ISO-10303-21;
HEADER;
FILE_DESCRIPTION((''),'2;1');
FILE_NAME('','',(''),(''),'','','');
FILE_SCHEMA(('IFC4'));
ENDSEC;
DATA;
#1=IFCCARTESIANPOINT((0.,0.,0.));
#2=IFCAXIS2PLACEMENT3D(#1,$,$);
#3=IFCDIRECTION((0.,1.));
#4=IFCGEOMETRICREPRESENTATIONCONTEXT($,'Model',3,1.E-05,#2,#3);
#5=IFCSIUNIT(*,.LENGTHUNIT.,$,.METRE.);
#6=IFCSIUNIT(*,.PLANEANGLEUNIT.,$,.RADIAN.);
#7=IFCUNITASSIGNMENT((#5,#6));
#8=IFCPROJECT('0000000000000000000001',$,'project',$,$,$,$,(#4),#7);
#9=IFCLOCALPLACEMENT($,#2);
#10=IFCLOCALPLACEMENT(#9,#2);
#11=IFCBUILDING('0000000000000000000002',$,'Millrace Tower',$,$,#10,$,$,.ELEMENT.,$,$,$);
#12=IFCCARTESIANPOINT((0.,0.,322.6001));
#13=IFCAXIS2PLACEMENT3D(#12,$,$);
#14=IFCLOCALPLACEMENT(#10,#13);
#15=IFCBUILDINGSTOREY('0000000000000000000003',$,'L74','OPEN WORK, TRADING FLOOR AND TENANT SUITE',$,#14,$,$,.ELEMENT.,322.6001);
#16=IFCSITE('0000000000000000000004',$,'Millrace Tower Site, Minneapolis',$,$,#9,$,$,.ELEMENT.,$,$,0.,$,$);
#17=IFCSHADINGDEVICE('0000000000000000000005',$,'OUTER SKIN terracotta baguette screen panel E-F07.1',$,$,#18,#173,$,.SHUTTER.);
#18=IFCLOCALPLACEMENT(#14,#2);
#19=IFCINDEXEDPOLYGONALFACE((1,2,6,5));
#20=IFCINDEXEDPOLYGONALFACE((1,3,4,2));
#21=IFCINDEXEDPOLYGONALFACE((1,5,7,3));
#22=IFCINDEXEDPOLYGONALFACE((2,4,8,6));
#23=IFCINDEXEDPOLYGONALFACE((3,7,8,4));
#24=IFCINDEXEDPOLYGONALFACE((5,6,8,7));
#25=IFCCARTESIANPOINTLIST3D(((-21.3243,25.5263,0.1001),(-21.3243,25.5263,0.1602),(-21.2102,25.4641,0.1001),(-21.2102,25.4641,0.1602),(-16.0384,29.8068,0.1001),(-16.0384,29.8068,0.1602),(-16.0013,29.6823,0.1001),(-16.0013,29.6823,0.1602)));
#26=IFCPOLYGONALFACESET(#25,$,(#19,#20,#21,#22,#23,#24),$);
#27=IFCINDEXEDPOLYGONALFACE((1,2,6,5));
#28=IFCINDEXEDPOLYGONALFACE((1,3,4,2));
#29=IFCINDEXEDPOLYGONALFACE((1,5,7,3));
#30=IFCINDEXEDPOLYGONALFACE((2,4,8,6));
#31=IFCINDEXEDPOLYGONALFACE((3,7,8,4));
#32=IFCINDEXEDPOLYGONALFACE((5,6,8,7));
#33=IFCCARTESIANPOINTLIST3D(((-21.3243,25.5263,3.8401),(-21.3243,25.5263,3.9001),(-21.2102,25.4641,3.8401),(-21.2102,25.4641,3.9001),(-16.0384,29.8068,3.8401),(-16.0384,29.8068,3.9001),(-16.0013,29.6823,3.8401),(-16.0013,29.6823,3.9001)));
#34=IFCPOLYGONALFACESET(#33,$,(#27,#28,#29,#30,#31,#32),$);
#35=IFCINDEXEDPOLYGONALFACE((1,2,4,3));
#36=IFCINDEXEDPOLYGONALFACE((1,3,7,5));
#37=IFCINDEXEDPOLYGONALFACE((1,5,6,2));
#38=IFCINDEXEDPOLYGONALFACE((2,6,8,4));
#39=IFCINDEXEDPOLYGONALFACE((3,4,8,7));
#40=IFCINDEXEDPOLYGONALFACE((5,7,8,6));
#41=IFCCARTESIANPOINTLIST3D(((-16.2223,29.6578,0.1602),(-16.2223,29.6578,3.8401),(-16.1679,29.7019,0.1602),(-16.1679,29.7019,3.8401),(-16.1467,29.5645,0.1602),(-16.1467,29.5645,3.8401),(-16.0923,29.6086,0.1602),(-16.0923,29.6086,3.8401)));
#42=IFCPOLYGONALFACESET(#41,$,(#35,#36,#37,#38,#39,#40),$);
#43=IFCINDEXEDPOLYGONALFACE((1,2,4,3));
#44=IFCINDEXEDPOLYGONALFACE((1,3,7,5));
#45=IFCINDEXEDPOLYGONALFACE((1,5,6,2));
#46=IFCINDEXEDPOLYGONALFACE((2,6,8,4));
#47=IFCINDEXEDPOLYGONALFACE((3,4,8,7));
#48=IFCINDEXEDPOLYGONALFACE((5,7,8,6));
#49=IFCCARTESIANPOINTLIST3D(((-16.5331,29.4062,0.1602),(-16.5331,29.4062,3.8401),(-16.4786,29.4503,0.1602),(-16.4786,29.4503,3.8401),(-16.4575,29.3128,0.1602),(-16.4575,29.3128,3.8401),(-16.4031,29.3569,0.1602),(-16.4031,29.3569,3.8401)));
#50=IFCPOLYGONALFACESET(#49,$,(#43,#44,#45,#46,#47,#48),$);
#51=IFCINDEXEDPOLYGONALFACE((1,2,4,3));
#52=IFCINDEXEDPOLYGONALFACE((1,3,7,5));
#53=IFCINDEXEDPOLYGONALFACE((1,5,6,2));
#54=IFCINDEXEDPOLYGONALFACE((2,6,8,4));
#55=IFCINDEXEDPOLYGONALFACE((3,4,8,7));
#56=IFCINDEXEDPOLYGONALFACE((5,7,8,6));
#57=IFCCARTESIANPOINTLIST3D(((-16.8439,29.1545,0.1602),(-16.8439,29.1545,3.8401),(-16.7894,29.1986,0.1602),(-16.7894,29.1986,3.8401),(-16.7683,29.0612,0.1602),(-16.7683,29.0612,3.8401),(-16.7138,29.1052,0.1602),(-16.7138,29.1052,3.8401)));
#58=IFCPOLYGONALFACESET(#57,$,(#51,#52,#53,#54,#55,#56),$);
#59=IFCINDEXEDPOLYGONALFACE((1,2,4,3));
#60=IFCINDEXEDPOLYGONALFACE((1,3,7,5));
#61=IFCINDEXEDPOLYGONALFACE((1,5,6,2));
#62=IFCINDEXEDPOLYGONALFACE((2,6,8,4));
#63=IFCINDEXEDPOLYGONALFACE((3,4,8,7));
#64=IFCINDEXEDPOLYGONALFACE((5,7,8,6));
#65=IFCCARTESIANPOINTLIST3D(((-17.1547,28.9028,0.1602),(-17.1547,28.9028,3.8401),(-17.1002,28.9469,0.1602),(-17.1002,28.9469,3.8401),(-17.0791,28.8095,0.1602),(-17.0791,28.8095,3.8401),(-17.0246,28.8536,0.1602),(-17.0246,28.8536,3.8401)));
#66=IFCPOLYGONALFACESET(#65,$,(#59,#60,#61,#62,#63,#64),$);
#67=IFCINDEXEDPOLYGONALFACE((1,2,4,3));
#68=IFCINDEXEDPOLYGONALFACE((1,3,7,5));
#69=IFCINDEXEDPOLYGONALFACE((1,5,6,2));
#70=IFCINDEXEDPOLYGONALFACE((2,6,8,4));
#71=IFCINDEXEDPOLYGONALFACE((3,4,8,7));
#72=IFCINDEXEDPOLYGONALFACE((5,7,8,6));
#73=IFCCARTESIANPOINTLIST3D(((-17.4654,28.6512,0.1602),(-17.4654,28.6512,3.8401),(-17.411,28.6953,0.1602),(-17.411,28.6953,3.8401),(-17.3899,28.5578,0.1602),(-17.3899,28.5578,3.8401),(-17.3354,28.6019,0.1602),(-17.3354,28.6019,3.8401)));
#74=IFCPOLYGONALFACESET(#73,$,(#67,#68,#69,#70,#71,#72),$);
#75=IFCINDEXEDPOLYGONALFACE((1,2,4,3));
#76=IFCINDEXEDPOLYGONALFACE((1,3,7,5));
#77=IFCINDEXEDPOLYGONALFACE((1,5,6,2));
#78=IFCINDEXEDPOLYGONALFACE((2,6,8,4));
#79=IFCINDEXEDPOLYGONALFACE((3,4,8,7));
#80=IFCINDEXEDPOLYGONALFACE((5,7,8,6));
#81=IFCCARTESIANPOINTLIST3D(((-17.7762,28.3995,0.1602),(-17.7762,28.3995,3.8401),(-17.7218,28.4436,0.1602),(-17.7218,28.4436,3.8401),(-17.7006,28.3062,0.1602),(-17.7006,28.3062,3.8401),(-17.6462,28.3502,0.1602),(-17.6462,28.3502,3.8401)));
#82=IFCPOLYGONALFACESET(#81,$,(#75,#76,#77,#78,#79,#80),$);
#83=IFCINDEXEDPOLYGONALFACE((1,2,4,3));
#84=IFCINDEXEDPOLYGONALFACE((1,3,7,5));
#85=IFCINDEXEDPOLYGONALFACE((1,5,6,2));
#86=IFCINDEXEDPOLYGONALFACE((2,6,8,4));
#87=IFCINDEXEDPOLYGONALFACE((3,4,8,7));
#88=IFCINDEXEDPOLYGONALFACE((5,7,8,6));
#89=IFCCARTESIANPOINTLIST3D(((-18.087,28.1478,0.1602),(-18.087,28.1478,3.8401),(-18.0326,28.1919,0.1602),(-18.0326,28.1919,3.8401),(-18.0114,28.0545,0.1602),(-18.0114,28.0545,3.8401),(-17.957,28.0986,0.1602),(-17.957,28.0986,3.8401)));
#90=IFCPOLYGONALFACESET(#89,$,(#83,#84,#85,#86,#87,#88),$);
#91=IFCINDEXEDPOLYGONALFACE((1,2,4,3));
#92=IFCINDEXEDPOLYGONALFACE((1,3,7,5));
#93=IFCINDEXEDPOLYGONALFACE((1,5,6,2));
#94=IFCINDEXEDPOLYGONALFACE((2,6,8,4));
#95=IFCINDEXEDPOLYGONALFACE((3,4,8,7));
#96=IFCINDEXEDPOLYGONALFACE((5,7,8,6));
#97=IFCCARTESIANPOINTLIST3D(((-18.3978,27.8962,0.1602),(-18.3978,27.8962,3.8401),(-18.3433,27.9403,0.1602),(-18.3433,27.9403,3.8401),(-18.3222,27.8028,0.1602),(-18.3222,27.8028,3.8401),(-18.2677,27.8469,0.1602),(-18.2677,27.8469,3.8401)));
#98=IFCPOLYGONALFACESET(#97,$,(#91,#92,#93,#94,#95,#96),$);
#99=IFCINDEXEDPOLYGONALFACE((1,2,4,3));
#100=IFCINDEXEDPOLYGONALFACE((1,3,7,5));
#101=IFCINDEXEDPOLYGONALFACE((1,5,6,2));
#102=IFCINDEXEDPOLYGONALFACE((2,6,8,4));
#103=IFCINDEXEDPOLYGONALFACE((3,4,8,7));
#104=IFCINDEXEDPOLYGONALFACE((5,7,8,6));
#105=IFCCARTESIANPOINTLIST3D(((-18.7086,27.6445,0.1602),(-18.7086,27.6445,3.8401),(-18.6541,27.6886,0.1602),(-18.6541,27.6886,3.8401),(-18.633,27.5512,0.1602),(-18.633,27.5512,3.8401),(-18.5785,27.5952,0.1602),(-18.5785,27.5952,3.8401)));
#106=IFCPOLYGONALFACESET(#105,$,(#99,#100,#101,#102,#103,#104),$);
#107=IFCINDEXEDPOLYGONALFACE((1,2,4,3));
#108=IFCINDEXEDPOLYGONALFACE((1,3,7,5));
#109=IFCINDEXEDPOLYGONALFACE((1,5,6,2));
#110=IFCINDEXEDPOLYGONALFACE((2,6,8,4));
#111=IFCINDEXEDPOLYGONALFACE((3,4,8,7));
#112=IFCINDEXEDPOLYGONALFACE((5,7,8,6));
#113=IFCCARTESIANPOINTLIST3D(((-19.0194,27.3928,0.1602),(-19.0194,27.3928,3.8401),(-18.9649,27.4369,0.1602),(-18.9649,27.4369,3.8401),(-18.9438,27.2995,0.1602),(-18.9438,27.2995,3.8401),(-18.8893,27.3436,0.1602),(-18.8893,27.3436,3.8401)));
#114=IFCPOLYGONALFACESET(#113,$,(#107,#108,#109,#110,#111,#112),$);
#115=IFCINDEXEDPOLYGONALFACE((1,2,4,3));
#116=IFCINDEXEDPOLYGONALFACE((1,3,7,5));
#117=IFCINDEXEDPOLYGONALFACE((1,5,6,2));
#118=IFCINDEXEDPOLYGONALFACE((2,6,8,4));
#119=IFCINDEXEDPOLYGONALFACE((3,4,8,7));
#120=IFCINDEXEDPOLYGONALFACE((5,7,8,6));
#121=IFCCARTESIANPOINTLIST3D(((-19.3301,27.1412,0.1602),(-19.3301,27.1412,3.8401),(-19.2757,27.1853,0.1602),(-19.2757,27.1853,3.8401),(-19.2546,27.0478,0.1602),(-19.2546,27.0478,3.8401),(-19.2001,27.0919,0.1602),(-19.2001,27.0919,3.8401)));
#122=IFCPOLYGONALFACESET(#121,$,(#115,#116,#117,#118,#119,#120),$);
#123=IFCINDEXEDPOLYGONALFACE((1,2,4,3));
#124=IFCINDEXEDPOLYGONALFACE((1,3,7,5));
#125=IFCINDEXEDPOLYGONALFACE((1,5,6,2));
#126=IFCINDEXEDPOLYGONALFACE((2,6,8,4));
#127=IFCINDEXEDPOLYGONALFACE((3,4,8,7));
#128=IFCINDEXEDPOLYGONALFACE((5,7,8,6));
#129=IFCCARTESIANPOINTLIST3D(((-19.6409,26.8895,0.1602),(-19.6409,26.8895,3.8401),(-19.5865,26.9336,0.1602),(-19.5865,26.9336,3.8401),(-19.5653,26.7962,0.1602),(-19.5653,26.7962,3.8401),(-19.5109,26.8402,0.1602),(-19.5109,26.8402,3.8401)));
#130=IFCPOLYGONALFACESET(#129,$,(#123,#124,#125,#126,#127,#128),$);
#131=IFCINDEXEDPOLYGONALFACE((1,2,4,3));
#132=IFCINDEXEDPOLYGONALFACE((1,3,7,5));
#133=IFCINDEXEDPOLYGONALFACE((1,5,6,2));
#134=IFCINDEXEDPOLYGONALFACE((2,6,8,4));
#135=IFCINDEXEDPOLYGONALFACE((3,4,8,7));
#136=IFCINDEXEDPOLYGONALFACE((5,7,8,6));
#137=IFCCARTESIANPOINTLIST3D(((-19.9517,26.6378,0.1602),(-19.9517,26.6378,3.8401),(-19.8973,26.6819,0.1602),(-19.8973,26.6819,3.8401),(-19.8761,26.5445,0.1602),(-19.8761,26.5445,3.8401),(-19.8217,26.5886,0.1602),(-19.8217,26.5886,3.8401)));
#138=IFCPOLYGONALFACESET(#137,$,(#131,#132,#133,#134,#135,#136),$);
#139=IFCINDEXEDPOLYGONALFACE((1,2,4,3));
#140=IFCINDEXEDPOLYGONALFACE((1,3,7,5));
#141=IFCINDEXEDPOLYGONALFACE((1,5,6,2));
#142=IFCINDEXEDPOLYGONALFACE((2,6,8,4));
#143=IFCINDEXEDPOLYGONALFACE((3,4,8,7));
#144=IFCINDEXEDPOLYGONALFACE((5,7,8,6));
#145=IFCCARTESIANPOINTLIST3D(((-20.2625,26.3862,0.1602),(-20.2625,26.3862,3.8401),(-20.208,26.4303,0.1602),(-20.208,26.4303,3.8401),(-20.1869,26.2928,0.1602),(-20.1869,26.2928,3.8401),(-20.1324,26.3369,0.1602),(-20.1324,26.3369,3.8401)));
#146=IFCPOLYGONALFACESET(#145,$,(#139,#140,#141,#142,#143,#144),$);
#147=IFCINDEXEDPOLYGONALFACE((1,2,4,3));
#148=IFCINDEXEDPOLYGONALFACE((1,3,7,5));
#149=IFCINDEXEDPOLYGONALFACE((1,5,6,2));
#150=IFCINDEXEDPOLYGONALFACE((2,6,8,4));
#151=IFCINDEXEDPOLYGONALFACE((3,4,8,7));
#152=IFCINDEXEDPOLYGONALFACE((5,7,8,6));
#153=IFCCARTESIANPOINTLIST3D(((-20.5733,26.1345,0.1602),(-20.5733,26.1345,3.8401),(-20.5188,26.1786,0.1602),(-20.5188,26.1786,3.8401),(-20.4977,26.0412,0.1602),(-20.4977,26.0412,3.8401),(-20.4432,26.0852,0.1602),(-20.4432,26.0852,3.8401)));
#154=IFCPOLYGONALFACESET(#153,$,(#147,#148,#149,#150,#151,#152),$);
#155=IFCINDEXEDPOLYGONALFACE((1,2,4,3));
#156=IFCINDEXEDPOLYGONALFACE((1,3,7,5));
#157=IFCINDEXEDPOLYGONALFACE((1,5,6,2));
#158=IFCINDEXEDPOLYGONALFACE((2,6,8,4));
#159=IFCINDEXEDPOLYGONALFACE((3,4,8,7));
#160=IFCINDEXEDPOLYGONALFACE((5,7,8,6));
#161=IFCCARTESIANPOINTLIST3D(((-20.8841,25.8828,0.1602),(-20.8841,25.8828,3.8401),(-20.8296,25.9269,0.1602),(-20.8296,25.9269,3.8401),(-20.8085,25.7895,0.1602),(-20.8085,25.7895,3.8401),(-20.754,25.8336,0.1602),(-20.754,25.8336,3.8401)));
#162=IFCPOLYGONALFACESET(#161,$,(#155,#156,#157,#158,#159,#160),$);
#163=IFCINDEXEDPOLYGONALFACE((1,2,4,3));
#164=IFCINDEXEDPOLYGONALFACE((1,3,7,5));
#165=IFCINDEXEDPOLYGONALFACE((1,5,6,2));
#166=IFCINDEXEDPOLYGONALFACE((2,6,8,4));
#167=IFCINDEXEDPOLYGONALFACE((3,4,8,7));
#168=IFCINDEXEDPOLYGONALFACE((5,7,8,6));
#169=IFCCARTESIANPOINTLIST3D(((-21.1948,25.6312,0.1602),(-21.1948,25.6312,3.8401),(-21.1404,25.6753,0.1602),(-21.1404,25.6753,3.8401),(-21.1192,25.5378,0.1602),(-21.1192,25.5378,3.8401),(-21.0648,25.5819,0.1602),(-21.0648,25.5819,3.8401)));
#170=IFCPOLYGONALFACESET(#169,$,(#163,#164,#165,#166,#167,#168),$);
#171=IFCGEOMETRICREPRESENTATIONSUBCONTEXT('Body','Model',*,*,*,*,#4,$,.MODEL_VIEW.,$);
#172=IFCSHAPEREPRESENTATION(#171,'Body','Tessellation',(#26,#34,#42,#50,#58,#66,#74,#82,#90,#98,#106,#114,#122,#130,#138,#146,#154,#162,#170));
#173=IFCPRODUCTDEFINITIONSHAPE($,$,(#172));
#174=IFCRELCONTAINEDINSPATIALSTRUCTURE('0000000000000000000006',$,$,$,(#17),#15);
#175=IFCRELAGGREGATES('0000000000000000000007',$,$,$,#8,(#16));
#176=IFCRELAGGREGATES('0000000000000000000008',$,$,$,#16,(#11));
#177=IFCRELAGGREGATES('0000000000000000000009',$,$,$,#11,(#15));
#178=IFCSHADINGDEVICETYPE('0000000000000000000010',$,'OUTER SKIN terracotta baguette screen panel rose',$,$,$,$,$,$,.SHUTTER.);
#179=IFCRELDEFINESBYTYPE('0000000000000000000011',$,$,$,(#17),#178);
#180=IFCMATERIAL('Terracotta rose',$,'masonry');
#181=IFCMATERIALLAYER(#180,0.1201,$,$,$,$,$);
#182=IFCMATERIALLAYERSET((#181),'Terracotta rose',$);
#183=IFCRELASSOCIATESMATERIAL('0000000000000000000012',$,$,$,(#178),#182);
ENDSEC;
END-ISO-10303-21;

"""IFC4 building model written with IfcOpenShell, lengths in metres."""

from ifc_helpers import new_model, entity, si_unit, direction, frame, frame_2d, origin, origin_2d, place, context, subcontext, project, spatial, rectangle, extrude, source, transform, mapped, material, layer, layer_set, type_object, element, save


model = new_model("IFC4")

# Units and contexts
model_context = context("Model", 3, precision=1e-05, world=origin(), true_north=direction((0.0, 1.0)))
body_context = subcontext(model_context, "Body", "Model", "MODEL_VIEW")
ifc_project = project(units=[si_unit("LENGTHUNIT", "METRE"), si_unit("PLANEANGLEUNIT", "RADIAN")], contexts=[model_context])

# Site, building, storey
site_placement = place(None, origin())
site = spatial("IfcSite", under=ifc_project, at=site_placement, Name="Millrace Tower Site, Minneapolis", CompositionType="ELEMENT", RefElevation=0.0)
building_placement = place(site_placement, origin())
building = spatial("IfcBuilding", under=site, at=building_placement, Name="Millrace Tower", CompositionType="ELEMENT")
storey_placement = place(building_placement, frame((0.0, 0.0, 322.6001)))
storey = spatial("IfcBuildingStorey", under=building, at=storey_placement, Name="L74", Description="OPEN WORK, TRADING FLOOR AND TENANT SUITE", CompositionType="ELEMENT", Elevation=322.6001)

# Shading device
ifc_material_1 = material(Name="Terracotta rose", Category="masonry")
ifc_layer_1 = layer(ifc_material_1, 0.1201)
ifc_layer_set_1 = layer_set([ifc_layer_1], Name="Terracotta rose")
shading_device_type = type_object("IfcShadingDeviceType", Name="OUTER SKIN terracotta baguette screen panel rose", PredefinedType="SHUTTER", material=ifc_layer_set_1)
cartesian_point_1 = entity("IfcCartesianPoint", [-3.3513, 0.0601])
shared_polyline_1 = entity("IfcPolyline", [cartesian_point_1, entity("IfcCartesianPoint", [3.3513, 0.0601]), entity("IfcCartesianPoint", [3.4009, -0.0601]), entity("IfcCartesianPoint", [-3.4009, -0.0601]), cartesian_point_1])
shared_shape_1 = source(origin(), body_context, "Body", "SweptSolid", [
    entity("IfcExtrudedAreaSolid", entity("IfcArbitraryClosedProfileDef", "AREA", None, shared_polyline_1), entity("IfcAxis2Placement3D", entity("IfcCartesianPoint", [0.0, 0.0, 0.0])), entity("IfcDirection", [0.0, 0.0, 1.0]), 0.0601),
    entity("IfcExtrudedAreaSolid", entity("IfcArbitraryClosedProfileDef", "AREA", None, shared_polyline_1), entity("IfcAxis2Placement3D", entity("IfcCartesianPoint", [0.0, 0.0, 3.74])), entity("IfcDirection", [0.0, 0.0, 1.0]), 0.0601),
    extrude(rectangle(XDim=0.0701, YDim=0.1201, at=frame_2d((-3.1992, 0.0))), frame((0.0, 0.0, 0.0601)), (0.0, 0.0, 1.0), 3.6799),
    extrude(rectangle(XDim=0.0701, YDim=0.1201, at=frame_2d((-2.7993, 0.0))), frame((0.0, 0.0, 0.0601)), (0.0, 0.0, 1.0), 3.6799),
    extrude(rectangle(XDim=0.0701, YDim=0.1201, at=frame_2d((-2.3994, 0.0))), frame((0.0, 0.0, 0.0601)), (0.0, 0.0, 1.0), 3.6799),
    extrude(rectangle(XDim=0.0701, YDim=0.1201, at=frame_2d((-1.9995, 0.0))), frame((0.0, 0.0, 0.0601)), (0.0, 0.0, 1.0), 3.6799),
    extrude(rectangle(XDim=0.0701, YDim=0.1201, at=frame_2d((-1.5996, 0.0))), frame((0.0, 0.0, 0.0601)), (0.0, 0.0, 1.0), 3.6799),
    extrude(rectangle(XDim=0.0701, YDim=0.1201, at=frame_2d((-1.1997, 0.0))), frame((0.0, 0.0, 0.0601)), (0.0, 0.0, 1.0), 3.6799),
    extrude(rectangle(XDim=0.0701, YDim=0.1201, at=frame_2d((-0.7998, 0.0))), frame((0.0, 0.0, 0.0601)), (0.0, 0.0, 1.0), 3.6799),
    extrude(rectangle(XDim=0.0701, YDim=0.1201, at=frame_2d((-0.3999, 0.0))), frame((0.0, 0.0, 0.0601)), (0.0, 0.0, 1.0), 3.6799),
    extrude(rectangle(XDim=0.0701, YDim=0.1201, at=origin_2d()), frame((0.0, 0.0, 0.0601)), (0.0, 0.0, 1.0), 3.6799),
    extrude(rectangle(XDim=0.0701, YDim=0.1201, at=frame_2d((0.3999, 0.0))), frame((0.0, 0.0, 0.0601)), (0.0, 0.0, 1.0), 3.6799),
    extrude(rectangle(XDim=0.0701, YDim=0.1201, at=frame_2d((0.7998, 0.0))), frame((0.0, 0.0, 0.0601)), (0.0, 0.0, 1.0), 3.6799),
    extrude(rectangle(XDim=0.0701, YDim=0.1201, at=frame_2d((1.1997, 0.0))), frame((0.0, 0.0, 0.0601)), (0.0, 0.0, 1.0), 3.6799),
    extrude(rectangle(XDim=0.0701, YDim=0.1201, at=frame_2d((1.5996, 0.0))), frame((0.0, 0.0, 0.0601)), (0.0, 0.0, 1.0), 3.6799),
    extrude(rectangle(XDim=0.0701, YDim=0.1201, at=frame_2d((1.9995, 0.0))), frame((0.0, 0.0, 0.0601)), (0.0, 0.0, 1.0), 3.6799),
    extrude(rectangle(XDim=0.0701, YDim=0.1201, at=frame_2d((2.3994, 0.0))), frame((0.0, 0.0, 0.0601)), (0.0, 0.0, 1.0), 3.6799),
    extrude(rectangle(XDim=0.0701, YDim=0.1201, at=frame_2d((2.7993, 0.0))), frame((0.0, 0.0, 0.0601)), (0.0, 0.0, 1.0), 3.6799),
    extrude(rectangle(XDim=0.0701, YDim=0.1201, at=frame_2d((3.1992, 0.0))), frame((0.0, 0.0, 0.0601)), (0.0, 0.0, 1.0), 3.6799),
])
shading_device_1_placement = place(storey_placement, frame((-18.6436, 27.6199, 0.1001), z_axis=(0.0, 0.0, 1.0), x_axis=(-0.777146, -0.62932, 0.0)))
element("IfcShadingDevice", 1, at=shading_device_1_placement, inside=storey, type_object=shading_device_type, Name="OUTER SKIN terracotta baguette screen panel E-F07.1", PredefinedType="SHUTTER", context=body_context, shape_type="MappedRepresentation", body=[
    mapped(shared_shape_1, transform((0.0, 0.0, 0.0), scale=1.0)),
])

save(model, "model.ifc")
